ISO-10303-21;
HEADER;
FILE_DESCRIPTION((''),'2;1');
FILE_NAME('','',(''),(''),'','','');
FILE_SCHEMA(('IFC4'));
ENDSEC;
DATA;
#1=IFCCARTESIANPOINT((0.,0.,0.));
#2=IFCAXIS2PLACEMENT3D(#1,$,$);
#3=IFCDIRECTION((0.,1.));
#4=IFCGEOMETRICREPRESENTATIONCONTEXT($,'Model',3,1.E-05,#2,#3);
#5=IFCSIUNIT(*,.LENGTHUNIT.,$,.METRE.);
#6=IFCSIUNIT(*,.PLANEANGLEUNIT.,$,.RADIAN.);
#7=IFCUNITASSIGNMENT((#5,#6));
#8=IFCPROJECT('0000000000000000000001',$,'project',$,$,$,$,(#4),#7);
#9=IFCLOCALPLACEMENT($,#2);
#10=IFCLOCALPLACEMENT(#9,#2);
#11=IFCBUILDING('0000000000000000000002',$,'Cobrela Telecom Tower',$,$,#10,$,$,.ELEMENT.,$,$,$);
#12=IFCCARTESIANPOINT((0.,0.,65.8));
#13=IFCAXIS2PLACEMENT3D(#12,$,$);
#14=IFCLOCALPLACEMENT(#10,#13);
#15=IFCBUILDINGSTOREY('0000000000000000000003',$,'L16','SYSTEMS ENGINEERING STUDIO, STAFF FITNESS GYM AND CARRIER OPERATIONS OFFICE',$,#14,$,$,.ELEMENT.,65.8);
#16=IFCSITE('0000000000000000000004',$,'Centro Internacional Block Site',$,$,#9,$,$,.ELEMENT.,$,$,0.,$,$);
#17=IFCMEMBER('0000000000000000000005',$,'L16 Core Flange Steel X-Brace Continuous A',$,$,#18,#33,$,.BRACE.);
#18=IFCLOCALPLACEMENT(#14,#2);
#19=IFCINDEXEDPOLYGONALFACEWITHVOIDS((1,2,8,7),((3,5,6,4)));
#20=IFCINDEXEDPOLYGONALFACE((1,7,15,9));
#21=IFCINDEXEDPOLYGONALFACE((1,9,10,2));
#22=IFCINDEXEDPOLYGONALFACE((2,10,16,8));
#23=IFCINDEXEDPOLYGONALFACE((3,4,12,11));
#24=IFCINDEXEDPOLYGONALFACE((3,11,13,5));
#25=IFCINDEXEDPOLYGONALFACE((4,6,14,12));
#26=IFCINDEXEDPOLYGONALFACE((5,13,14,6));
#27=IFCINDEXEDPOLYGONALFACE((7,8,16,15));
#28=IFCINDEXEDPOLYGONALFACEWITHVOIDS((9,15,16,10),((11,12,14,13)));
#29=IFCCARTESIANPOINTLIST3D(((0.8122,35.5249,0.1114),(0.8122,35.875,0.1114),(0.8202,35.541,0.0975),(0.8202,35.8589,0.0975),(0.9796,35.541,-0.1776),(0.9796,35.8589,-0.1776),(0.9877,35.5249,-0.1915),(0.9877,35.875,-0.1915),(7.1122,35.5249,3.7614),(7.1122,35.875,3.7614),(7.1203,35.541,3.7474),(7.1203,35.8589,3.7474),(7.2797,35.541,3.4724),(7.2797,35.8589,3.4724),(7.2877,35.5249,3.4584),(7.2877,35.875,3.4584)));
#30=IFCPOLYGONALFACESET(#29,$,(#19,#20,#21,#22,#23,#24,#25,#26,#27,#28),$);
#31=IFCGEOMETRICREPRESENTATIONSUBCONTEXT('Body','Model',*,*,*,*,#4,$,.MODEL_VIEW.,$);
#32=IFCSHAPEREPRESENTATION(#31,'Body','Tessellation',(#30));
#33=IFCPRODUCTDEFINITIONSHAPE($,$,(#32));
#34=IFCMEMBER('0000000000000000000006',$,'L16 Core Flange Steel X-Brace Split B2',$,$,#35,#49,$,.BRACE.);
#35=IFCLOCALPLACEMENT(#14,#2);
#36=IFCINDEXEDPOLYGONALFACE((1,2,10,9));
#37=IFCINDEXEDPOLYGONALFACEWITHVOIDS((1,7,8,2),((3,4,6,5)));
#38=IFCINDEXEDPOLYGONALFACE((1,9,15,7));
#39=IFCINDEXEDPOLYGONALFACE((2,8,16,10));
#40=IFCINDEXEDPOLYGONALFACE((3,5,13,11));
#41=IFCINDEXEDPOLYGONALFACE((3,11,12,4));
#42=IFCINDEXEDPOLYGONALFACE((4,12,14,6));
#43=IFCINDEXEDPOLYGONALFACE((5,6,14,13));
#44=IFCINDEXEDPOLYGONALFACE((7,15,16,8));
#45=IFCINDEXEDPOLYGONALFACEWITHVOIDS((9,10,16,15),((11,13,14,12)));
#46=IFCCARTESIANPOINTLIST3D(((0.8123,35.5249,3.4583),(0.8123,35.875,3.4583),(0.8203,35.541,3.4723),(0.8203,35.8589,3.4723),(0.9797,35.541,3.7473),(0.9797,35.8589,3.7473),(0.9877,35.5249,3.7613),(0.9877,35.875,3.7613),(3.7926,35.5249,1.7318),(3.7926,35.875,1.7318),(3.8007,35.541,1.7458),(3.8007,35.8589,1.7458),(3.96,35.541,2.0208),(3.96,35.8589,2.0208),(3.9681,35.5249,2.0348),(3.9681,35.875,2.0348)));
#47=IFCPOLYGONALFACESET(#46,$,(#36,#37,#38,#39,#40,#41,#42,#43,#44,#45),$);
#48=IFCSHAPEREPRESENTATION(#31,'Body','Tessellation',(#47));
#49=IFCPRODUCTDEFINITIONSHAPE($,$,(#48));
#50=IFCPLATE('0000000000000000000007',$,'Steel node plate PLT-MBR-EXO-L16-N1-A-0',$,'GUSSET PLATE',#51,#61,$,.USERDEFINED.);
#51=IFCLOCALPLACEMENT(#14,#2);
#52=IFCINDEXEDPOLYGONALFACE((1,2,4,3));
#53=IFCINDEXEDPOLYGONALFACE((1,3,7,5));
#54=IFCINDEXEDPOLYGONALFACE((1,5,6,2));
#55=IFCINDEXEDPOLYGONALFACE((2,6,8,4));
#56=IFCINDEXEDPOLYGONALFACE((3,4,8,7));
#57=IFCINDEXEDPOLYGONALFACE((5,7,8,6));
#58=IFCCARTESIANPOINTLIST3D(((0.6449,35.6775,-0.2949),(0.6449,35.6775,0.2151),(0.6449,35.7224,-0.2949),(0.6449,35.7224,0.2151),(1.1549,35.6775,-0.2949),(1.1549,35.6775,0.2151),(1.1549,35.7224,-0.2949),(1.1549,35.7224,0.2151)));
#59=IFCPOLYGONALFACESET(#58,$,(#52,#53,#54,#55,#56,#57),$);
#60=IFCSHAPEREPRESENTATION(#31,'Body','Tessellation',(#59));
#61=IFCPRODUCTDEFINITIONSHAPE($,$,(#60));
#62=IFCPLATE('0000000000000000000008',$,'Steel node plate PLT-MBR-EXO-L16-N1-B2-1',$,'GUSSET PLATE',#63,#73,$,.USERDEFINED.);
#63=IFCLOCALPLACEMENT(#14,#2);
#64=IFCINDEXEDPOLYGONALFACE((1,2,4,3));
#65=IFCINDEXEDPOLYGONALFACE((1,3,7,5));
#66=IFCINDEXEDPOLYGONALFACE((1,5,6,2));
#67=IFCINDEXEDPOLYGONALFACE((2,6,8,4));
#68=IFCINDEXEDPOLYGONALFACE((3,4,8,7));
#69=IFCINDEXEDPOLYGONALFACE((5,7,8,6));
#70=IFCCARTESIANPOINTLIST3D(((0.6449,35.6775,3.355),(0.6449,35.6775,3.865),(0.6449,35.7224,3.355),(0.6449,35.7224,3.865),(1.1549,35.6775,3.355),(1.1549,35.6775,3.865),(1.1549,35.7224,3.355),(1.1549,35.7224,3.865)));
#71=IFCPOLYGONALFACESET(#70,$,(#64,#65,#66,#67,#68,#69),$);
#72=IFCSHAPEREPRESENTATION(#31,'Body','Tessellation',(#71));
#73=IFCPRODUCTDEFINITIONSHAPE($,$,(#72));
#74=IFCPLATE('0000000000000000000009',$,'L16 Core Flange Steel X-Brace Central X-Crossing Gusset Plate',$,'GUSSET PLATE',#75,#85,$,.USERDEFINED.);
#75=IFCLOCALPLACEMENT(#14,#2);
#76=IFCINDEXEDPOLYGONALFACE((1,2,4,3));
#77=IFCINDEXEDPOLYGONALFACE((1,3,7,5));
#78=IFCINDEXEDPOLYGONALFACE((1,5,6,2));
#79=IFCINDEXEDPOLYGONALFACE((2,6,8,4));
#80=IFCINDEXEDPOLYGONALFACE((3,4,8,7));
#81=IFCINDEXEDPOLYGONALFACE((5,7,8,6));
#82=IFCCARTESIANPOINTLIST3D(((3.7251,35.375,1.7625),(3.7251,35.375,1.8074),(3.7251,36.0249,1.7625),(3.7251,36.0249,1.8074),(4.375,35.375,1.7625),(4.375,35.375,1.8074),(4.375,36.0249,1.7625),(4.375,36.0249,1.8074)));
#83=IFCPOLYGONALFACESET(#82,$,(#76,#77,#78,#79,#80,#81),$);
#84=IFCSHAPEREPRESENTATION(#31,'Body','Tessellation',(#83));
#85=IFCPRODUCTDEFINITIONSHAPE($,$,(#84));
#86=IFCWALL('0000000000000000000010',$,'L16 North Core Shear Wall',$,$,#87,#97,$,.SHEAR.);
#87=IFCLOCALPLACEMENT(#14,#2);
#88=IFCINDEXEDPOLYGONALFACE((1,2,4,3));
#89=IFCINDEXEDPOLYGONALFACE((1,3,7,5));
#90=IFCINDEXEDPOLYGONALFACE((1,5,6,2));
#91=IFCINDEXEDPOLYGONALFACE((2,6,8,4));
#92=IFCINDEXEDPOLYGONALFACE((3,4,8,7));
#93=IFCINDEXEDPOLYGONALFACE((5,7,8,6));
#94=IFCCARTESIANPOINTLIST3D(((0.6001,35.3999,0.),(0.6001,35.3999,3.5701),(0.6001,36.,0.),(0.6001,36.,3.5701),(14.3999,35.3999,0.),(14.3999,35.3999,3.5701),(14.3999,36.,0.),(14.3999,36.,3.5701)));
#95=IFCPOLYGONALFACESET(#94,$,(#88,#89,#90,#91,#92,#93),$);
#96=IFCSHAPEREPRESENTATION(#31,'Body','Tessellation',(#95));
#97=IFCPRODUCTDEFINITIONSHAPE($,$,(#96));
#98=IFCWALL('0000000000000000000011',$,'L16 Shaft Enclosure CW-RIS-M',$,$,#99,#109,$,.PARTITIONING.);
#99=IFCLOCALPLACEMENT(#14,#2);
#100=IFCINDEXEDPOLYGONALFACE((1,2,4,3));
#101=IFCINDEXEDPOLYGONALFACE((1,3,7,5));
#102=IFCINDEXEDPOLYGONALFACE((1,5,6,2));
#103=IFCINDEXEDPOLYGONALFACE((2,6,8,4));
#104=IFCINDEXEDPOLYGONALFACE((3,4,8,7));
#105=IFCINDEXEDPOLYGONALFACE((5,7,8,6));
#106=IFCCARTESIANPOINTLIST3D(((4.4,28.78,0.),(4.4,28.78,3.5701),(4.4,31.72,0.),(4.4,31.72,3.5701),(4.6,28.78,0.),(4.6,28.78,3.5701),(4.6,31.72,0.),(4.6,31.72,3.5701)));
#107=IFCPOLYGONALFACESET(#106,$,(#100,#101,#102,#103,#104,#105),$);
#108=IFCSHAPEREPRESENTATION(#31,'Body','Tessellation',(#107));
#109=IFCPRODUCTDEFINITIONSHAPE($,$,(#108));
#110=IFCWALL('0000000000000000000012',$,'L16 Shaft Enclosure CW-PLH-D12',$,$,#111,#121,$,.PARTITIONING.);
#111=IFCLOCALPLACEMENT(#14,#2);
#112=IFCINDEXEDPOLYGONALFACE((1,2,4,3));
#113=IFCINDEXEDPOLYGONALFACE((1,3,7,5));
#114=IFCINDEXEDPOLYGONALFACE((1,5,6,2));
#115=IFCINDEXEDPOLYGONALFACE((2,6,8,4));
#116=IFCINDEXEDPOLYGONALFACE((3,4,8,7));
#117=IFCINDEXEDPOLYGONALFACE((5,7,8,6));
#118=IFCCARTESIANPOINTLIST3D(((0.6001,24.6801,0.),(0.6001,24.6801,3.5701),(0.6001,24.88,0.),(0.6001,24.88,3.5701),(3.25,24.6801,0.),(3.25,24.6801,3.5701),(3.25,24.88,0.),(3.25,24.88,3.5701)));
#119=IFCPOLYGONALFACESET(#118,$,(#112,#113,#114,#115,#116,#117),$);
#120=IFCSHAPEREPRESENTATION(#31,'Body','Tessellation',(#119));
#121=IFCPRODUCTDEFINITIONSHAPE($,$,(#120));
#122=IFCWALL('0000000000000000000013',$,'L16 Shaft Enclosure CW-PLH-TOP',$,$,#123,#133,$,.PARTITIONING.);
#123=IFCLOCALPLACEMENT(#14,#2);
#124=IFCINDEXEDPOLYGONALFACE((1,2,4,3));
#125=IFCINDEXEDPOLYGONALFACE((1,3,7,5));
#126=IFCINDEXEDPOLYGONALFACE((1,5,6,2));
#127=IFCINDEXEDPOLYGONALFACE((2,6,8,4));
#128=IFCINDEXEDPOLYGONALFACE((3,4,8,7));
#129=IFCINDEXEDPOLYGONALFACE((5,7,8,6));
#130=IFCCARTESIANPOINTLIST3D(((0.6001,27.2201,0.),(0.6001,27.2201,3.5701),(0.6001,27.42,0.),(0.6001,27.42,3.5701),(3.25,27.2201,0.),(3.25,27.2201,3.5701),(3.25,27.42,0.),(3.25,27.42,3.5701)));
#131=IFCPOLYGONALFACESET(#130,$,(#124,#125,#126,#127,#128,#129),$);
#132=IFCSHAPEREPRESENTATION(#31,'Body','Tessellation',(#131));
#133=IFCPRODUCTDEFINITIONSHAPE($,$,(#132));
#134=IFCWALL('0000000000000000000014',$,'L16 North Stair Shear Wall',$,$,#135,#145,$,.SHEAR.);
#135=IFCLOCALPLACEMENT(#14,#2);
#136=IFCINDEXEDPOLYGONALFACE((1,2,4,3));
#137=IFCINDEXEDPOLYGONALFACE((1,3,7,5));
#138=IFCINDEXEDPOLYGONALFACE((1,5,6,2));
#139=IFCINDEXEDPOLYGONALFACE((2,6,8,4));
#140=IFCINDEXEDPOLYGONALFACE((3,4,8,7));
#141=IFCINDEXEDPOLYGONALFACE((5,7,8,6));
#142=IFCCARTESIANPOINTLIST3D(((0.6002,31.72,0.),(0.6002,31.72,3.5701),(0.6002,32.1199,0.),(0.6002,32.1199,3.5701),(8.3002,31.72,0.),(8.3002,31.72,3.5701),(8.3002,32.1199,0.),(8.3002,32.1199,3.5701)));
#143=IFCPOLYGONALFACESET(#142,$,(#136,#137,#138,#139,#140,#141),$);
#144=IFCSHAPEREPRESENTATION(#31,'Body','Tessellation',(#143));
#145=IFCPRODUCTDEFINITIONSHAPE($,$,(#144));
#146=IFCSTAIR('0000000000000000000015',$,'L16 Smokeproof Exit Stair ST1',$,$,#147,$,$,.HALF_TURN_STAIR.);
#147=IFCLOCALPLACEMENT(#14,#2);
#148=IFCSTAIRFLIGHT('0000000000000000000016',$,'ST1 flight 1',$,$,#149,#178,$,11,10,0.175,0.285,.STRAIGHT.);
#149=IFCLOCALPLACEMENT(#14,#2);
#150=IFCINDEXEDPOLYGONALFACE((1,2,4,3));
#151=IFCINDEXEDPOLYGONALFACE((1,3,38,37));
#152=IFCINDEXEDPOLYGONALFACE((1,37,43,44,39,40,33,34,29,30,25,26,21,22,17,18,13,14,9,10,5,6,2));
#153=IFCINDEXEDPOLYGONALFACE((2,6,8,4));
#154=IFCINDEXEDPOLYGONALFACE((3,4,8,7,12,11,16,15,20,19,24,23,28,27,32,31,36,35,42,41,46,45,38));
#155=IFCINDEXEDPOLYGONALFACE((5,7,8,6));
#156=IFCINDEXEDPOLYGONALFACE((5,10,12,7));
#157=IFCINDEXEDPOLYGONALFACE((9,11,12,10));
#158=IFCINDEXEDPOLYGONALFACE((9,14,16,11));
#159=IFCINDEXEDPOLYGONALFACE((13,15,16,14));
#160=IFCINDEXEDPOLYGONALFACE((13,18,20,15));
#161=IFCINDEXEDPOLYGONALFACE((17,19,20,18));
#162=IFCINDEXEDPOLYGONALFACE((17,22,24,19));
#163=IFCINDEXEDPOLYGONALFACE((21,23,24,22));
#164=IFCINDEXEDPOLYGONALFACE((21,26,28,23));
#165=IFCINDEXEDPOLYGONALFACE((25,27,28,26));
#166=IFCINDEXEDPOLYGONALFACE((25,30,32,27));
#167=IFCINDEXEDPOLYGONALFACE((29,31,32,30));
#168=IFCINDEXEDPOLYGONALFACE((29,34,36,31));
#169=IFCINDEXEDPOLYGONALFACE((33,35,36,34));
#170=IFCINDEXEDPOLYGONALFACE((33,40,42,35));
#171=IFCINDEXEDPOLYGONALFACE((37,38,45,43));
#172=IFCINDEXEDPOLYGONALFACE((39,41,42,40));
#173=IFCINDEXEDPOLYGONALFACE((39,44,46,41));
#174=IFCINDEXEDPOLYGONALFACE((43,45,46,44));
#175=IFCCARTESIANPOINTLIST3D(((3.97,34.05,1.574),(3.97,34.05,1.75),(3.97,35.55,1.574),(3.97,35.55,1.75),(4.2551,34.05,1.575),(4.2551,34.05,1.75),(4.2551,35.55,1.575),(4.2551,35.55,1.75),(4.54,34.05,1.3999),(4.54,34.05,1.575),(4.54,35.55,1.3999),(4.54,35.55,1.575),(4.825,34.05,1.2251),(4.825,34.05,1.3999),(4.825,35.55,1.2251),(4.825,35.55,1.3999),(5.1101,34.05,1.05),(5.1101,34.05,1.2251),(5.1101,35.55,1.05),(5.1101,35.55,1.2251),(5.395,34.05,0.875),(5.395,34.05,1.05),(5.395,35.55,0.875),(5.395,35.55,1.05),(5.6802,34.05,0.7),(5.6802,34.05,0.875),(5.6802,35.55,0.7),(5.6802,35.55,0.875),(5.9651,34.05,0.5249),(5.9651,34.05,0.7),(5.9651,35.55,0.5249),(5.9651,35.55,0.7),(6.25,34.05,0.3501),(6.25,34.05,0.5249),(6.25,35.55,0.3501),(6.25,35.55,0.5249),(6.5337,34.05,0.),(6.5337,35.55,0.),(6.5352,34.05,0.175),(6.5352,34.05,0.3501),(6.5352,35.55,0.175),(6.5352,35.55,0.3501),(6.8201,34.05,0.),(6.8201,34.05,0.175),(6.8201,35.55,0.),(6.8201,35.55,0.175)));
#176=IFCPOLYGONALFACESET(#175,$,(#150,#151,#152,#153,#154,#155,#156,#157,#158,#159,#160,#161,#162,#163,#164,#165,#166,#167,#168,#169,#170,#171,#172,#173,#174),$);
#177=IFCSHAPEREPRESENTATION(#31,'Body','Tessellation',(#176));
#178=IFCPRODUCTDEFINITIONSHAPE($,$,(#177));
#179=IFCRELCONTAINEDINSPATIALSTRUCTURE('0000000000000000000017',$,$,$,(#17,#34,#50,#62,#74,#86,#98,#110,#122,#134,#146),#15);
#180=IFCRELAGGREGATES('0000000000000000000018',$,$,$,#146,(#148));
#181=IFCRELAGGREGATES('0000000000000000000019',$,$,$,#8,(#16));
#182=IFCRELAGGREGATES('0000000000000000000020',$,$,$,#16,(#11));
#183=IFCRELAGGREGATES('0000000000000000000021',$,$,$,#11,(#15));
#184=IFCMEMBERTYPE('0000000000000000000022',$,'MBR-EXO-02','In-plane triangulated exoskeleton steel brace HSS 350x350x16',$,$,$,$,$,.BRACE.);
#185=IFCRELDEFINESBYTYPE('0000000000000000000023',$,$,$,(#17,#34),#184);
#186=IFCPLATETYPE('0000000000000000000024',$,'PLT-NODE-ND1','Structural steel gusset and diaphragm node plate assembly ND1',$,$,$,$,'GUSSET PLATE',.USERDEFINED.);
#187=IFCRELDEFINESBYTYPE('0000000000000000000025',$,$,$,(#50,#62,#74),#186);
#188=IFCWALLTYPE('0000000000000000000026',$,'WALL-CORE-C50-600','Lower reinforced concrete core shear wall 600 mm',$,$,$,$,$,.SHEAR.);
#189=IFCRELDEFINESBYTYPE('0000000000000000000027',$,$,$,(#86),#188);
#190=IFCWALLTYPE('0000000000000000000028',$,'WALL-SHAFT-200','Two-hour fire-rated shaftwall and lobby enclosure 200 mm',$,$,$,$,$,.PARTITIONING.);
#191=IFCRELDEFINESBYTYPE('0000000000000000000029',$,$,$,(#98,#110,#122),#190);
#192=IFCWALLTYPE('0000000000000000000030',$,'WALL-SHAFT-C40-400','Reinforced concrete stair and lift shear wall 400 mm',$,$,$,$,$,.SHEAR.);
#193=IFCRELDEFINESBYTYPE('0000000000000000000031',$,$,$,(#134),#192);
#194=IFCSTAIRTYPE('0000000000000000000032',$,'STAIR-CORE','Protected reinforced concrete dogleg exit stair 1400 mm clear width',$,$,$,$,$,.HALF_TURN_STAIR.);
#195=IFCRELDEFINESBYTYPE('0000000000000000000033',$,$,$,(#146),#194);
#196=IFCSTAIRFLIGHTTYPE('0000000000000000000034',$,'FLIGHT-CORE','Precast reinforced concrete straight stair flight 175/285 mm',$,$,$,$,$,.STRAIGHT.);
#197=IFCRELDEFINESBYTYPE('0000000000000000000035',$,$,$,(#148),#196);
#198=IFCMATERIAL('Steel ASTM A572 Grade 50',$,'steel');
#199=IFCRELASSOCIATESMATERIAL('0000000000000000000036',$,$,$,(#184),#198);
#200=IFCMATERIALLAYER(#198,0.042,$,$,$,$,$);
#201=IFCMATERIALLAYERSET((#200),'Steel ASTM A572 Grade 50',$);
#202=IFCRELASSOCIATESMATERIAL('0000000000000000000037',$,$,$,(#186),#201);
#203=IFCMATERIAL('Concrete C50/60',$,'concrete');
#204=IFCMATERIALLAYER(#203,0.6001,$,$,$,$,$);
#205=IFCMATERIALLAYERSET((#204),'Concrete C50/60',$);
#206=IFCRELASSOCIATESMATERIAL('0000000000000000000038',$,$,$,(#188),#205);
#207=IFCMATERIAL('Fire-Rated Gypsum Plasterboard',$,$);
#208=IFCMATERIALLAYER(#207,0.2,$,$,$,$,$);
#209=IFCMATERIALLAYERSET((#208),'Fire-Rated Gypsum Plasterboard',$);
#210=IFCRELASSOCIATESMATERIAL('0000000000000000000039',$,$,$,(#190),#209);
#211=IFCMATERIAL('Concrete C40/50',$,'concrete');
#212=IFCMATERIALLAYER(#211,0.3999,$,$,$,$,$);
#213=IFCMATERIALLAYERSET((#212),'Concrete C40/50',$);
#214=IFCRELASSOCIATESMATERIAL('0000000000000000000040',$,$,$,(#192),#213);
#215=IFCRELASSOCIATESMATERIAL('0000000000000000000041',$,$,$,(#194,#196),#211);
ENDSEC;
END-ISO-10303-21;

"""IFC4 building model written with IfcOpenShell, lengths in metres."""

from ifc_helpers import new_model, si_unit, direction, frame, frame_2d, origin, origin_2d, place, context, subcontext, project, spatial, polyline, rectangle, hollow_rectangle, outline, extrude, material, layer, layer_set, material_profile, profile_set, type_object, element, aggregate, save


model = new_model("IFC4")

# Units and contexts
model_context = context("Model", 3, precision=1e-05, world=origin(), true_north=direction((0.0, 1.0)))
body_context = subcontext(model_context, "Body", "Model", "MODEL_VIEW")
ifc_project = project(units=[si_unit("LENGTHUNIT", "METRE"), si_unit("PLANEANGLEUNIT", "RADIAN")], contexts=[model_context])

# Site, building, storey
site_placement = place(None, origin())
site = spatial("IfcSite", under=ifc_project, at=site_placement, Name="Centro Internacional Block Site", CompositionType="ELEMENT", RefElevation=0.0)
building_placement = place(site_placement, origin())
building = spatial("IfcBuilding", under=site, at=building_placement, Name="Cobrela Telecom Tower", CompositionType="ELEMENT")
storey_placement = place(building_placement, frame((0.0, 0.0, 65.8)))
storey = spatial("IfcBuildingStorey", under=building, at=storey_placement, Name="L16", Description="SYSTEMS ENGINEERING STUDIO, STAFF FITNESS GYM AND CARRIER OPERATIONS OFFICE", CompositionType="ELEMENT", Elevation=65.8)

# Members
ifc_material_1 = material(Name="Steel ASTM A572 Grade 50", Category="steel")
ifc_material_profile = material_profile(ifc_material_1, hollow_rectangle(XDim=0.3501, YDim=0.3501, WallThickness=0.0161, at=origin_2d()), Name="HSS 350x350x16")
ifc_profile_set = profile_set([ifc_material_profile], Name="Steel ASTM A572 Grade 50")
member_type = type_object("IfcMemberType", Name="MBR-EXO-02", Description="In-plane triangulated exoskeleton steel brace HSS 350x350x16", PredefinedType="BRACE", material=ifc_profile_set)
member_1_placement = place(storey_placement, frame((0.8999, 35.7, -0.04), z_axis=(0.865277, 0.0, 0.501294), x_axis=(0.0, 1.0, 0.0)))
element("IfcMember", 1, at=member_1_placement, inside=storey, type_object=member_type, Name="L16 Core Flange Steel X-Brace Continuous A", PredefinedType="BRACE", context=body_context, shape_type="SweptSolid", body=[
    extrude(hollow_rectangle(XDim=0.3501, YDim=0.3501, WallThickness=0.0161, at=origin_2d()), origin(), (0.0, 0.0, 1.0), 7.281),
])
member_2_placement = place(storey_placement, frame((3.8804, 35.7, 1.8833), z_axis=(-0.865297, 0.0, 0.50126), x_axis=(0.0, -1.0, 0.0)))
element("IfcMember", 2, at=member_2_placement, inside=storey, type_object=member_type, Name="L16 Core Flange Steel X-Brace Split B2", PredefinedType="BRACE", context=body_context, shape_type="SweptSolid", body=[
    extrude(hollow_rectangle(XDim=0.3501, YDim=0.3501, WallThickness=0.0161, at=origin_2d()), origin(), (0.0, 0.0, 1.0), 3.4443),
])

# Plates
ifc_layer_1 = layer(ifc_material_1, 0.042)
ifc_layer_set_1 = layer_set([ifc_layer_1], Name="Steel ASTM A572 Grade 50")
plate_type = type_object("IfcPlateType", Name="PLT-NODE-ND1", Description="Structural steel gusset and diaphragm node plate assembly ND1", ElementType="GUSSET PLATE", PredefinedType="USERDEFINED", material=ifc_layer_set_1)
for number, where, z_axis, x_axis, name in (
    (3, (0.8999, 35.7, -0.2949), (0.0, 0.0, 1.0), (1.0, 0.0, 0.0), "Steel node plate PLT-MBR-EXO-L16-N1-A-0"),
    (4, (0.8999, 35.7, 3.355), (0.0, 0.0, 1.0), (-1.0, 0.0, 0.0), "Steel node plate PLT-MBR-EXO-L16-N1-B2-1"),
):
    element("IfcPlate", number, at=place(storey_placement, frame(where, z_axis=z_axis, x_axis=x_axis)), inside=storey, type_object=plate_type, Name=name, ObjectType="GUSSET PLATE", PredefinedType="USERDEFINED", context=body_context, shape_type="SweptSolid", body=[
        extrude(rectangle(XDim=0.51, YDim=0.0449, at=origin_2d()), origin(), (0.0, 0.0, 1.0), 0.51),
    ])
plate_placement = place(storey_placement, frame((4.05, 35.7, 1.7625), z_axis=(0.0, 0.0, 1.0), x_axis=(1.0, 0.0, 0.0)))
element("IfcPlate", 5, at=plate_placement, inside=storey, type_object=plate_type, Name="L16 Core Flange Steel X-Brace Central X-Crossing Gusset Plate", ObjectType="GUSSET PLATE", PredefinedType="USERDEFINED", context=body_context, shape_type="SweptSolid", body=[
    extrude(rectangle(XDim=0.6499, YDim=0.6499, at=origin_2d()), origin(), (0.0, 0.0, 1.0), 0.0449),
])

# Wall
ifc_material_2 = material(Name="Concrete C50/60", Category="concrete")
ifc_layer_2 = layer(ifc_material_2, 0.6001)
ifc_layer_set_2 = layer_set([ifc_layer_2], Name="Concrete C50/60")
wall_type_1 = type_object("IfcWallType", Name="WALL-CORE-C50-600", Description="Lower reinforced concrete core shear wall 600 mm", PredefinedType="SHEAR", material=ifc_layer_set_2)
wall_1_placement = place(storey_placement, frame((0.6001, 35.7, 0.0), z_axis=(0.0, 0.0, 1.0), x_axis=(1.0, 0.0, 0.0)))
element("IfcWall", 6, at=wall_1_placement, inside=storey, type_object=wall_type_1, Name="L16 North Core Shear Wall", PredefinedType="SHEAR", context=body_context, shape_type="SweptSolid", body=[
    extrude(rectangle(XDim=13.7998, YDim=0.6001, at=frame_2d((6.8999, 0.0))), origin(), (0.0, 0.0, 1.0), 3.5701),
])

# Shared definitions
ifc_material_3 = material(Name="Fire-Rated Gypsum Plasterboard")
ifc_layer_3 = layer(ifc_material_3, 0.2)
ifc_layer_set_3 = layer_set([ifc_layer_3], Name="Fire-Rated Gypsum Plasterboard")
wall_type_2 = type_object("IfcWallType", Name="WALL-SHAFT-200", Description="Two-hour fire-rated shaftwall and lobby enclosure 200 mm", PredefinedType="PARTITIONING", material=ifc_layer_set_3)

# Walls
wall_2_placement = place(storey_placement, frame((4.5, 28.78, 0.0), z_axis=(0.0, 0.0, 1.0), x_axis=(0.0, 1.0, 0.0)))
element("IfcWall", 7, at=wall_2_placement, inside=storey, type_object=wall_type_2, Name="L16 Shaft Enclosure CW-RIS-M", PredefinedType="PARTITIONING", context=body_context, shape_type="SweptSolid", body=[
    extrude(rectangle(XDim=2.9399, YDim=0.2, at=frame_2d((1.47, 0.0))), origin(), (0.0, 0.0, 1.0), 3.5701),
])
for number, where, z_axis, x_axis, name in (
    (8, (0.6001, 24.78, 0.0), (0.0, 0.0, 1.0), (1.0, 0.0, 0.0), "L16 Shaft Enclosure CW-PLH-D12"),
    (9, (0.6001, 27.3201, 0.0), (0.0, 0.0, 1.0), (1.0, 0.0, 0.0), "L16 Shaft Enclosure CW-PLH-TOP"),
):
    element("IfcWall", number, at=place(storey_placement, frame(where, z_axis=z_axis, x_axis=x_axis)), inside=storey, type_object=wall_type_2, Name=name, PredefinedType="PARTITIONING", context=body_context, shape_type="SweptSolid", body=[
        extrude(rectangle(XDim=2.6499, YDim=0.2, at=frame_2d((1.325, 0.0))), origin(), (0.0, 0.0, 1.0), 3.5701),
    ])
ifc_material_4 = material(Name="Concrete C40/50", Category="concrete")
ifc_layer_4 = layer(ifc_material_4, 0.3999)
ifc_layer_set_4 = layer_set([ifc_layer_4], Name="Concrete C40/50")
wall_type_3 = type_object("IfcWallType", Name="WALL-SHAFT-C40-400", Description="Reinforced concrete stair and lift shear wall 400 mm", PredefinedType="SHEAR", material=ifc_layer_set_4)
wall_3_placement = place(storey_placement, frame((0.6001, 31.9199, 0.0), z_axis=(0.0, 0.0, 1.0), x_axis=(1.0, 0.0, 0.0)))
element("IfcWall", 10, at=wall_3_placement, inside=storey, type_object=wall_type_3, Name="L16 North Stair Shear Wall", PredefinedType="SHEAR", context=body_context, shape_type="SweptSolid", body=[
    extrude(rectangle(XDim=7.7, YDim=0.3999, at=frame_2d((3.8501, 0.0))), origin(), (0.0, 0.0, 1.0), 3.5701),
])

# Stair, stair flight
stair_type = type_object("IfcStairType", Name="STAIR-CORE", Description="Protected reinforced concrete dogleg exit stair 1400 mm clear width", PredefinedType="HALF_TURN_STAIR", material=ifc_material_4)
stair_placement = place(storey_placement, origin())
stair = element("IfcStair", 11, at=stair_placement, inside=storey, type_object=stair_type, Name="L16 Smokeproof Exit Stair ST1", PredefinedType="HALF_TURN_STAIR")
stair_flight_type = type_object("IfcStairFlightType", Name="FLIGHT-CORE", Description="Precast reinforced concrete straight stair flight 175/285 mm", PredefinedType="STRAIGHT", material=ifc_material_4)
stair_flight_1_placement = place(storey_placement, frame((6.8201, 34.8, 0.0), z_axis=(0.0, 0.0, 1.0), x_axis=(-1.0, 0.0, 0.0)))
stair_flight_1 = element("IfcStairFlight", 12, at=stair_flight_1_placement, type_object=stair_flight_type, Name="ST1 flight 1", NumberOfRisers=11, NumberOfTreads=10, PredefinedType="STRAIGHT", RiserHeight=0.175, TreadLength=0.285, context=body_context, shape_type="SweptSolid", body=[
    extrude(outline(polyline([(0.0, 0.0), (0.0, 0.175), (0.2849, 0.175), (0.2849, 0.3501), (0.5701, 0.3501), (0.5701, 0.5249), (0.855, 0.5249), (0.855, 0.7), (1.1399, 0.7), (1.1399, 0.875), (1.425, 0.875), (1.425, 1.05), (1.71, 1.05), (1.71, 1.2251), (1.9951, 1.2251), (1.9951, 1.3999), (2.28, 1.3999), (2.28, 1.575), (2.5649, 1.575), (2.5649, 1.75), (2.8501, 1.75), (2.8501, 1.925), (2.8501, 1.574), (0.2864, 0.0), (0.0, 0.0)])), frame((0.0, 0.75, 0.0), z_axis=(0.0, -1.0, 0.0), x_axis=(1.0, 0.0, 0.0)), (0.0, 0.0, 1.0), 1.5),
])
aggregate(stair, [stair_flight_1])

save(model, "model.ifc")
